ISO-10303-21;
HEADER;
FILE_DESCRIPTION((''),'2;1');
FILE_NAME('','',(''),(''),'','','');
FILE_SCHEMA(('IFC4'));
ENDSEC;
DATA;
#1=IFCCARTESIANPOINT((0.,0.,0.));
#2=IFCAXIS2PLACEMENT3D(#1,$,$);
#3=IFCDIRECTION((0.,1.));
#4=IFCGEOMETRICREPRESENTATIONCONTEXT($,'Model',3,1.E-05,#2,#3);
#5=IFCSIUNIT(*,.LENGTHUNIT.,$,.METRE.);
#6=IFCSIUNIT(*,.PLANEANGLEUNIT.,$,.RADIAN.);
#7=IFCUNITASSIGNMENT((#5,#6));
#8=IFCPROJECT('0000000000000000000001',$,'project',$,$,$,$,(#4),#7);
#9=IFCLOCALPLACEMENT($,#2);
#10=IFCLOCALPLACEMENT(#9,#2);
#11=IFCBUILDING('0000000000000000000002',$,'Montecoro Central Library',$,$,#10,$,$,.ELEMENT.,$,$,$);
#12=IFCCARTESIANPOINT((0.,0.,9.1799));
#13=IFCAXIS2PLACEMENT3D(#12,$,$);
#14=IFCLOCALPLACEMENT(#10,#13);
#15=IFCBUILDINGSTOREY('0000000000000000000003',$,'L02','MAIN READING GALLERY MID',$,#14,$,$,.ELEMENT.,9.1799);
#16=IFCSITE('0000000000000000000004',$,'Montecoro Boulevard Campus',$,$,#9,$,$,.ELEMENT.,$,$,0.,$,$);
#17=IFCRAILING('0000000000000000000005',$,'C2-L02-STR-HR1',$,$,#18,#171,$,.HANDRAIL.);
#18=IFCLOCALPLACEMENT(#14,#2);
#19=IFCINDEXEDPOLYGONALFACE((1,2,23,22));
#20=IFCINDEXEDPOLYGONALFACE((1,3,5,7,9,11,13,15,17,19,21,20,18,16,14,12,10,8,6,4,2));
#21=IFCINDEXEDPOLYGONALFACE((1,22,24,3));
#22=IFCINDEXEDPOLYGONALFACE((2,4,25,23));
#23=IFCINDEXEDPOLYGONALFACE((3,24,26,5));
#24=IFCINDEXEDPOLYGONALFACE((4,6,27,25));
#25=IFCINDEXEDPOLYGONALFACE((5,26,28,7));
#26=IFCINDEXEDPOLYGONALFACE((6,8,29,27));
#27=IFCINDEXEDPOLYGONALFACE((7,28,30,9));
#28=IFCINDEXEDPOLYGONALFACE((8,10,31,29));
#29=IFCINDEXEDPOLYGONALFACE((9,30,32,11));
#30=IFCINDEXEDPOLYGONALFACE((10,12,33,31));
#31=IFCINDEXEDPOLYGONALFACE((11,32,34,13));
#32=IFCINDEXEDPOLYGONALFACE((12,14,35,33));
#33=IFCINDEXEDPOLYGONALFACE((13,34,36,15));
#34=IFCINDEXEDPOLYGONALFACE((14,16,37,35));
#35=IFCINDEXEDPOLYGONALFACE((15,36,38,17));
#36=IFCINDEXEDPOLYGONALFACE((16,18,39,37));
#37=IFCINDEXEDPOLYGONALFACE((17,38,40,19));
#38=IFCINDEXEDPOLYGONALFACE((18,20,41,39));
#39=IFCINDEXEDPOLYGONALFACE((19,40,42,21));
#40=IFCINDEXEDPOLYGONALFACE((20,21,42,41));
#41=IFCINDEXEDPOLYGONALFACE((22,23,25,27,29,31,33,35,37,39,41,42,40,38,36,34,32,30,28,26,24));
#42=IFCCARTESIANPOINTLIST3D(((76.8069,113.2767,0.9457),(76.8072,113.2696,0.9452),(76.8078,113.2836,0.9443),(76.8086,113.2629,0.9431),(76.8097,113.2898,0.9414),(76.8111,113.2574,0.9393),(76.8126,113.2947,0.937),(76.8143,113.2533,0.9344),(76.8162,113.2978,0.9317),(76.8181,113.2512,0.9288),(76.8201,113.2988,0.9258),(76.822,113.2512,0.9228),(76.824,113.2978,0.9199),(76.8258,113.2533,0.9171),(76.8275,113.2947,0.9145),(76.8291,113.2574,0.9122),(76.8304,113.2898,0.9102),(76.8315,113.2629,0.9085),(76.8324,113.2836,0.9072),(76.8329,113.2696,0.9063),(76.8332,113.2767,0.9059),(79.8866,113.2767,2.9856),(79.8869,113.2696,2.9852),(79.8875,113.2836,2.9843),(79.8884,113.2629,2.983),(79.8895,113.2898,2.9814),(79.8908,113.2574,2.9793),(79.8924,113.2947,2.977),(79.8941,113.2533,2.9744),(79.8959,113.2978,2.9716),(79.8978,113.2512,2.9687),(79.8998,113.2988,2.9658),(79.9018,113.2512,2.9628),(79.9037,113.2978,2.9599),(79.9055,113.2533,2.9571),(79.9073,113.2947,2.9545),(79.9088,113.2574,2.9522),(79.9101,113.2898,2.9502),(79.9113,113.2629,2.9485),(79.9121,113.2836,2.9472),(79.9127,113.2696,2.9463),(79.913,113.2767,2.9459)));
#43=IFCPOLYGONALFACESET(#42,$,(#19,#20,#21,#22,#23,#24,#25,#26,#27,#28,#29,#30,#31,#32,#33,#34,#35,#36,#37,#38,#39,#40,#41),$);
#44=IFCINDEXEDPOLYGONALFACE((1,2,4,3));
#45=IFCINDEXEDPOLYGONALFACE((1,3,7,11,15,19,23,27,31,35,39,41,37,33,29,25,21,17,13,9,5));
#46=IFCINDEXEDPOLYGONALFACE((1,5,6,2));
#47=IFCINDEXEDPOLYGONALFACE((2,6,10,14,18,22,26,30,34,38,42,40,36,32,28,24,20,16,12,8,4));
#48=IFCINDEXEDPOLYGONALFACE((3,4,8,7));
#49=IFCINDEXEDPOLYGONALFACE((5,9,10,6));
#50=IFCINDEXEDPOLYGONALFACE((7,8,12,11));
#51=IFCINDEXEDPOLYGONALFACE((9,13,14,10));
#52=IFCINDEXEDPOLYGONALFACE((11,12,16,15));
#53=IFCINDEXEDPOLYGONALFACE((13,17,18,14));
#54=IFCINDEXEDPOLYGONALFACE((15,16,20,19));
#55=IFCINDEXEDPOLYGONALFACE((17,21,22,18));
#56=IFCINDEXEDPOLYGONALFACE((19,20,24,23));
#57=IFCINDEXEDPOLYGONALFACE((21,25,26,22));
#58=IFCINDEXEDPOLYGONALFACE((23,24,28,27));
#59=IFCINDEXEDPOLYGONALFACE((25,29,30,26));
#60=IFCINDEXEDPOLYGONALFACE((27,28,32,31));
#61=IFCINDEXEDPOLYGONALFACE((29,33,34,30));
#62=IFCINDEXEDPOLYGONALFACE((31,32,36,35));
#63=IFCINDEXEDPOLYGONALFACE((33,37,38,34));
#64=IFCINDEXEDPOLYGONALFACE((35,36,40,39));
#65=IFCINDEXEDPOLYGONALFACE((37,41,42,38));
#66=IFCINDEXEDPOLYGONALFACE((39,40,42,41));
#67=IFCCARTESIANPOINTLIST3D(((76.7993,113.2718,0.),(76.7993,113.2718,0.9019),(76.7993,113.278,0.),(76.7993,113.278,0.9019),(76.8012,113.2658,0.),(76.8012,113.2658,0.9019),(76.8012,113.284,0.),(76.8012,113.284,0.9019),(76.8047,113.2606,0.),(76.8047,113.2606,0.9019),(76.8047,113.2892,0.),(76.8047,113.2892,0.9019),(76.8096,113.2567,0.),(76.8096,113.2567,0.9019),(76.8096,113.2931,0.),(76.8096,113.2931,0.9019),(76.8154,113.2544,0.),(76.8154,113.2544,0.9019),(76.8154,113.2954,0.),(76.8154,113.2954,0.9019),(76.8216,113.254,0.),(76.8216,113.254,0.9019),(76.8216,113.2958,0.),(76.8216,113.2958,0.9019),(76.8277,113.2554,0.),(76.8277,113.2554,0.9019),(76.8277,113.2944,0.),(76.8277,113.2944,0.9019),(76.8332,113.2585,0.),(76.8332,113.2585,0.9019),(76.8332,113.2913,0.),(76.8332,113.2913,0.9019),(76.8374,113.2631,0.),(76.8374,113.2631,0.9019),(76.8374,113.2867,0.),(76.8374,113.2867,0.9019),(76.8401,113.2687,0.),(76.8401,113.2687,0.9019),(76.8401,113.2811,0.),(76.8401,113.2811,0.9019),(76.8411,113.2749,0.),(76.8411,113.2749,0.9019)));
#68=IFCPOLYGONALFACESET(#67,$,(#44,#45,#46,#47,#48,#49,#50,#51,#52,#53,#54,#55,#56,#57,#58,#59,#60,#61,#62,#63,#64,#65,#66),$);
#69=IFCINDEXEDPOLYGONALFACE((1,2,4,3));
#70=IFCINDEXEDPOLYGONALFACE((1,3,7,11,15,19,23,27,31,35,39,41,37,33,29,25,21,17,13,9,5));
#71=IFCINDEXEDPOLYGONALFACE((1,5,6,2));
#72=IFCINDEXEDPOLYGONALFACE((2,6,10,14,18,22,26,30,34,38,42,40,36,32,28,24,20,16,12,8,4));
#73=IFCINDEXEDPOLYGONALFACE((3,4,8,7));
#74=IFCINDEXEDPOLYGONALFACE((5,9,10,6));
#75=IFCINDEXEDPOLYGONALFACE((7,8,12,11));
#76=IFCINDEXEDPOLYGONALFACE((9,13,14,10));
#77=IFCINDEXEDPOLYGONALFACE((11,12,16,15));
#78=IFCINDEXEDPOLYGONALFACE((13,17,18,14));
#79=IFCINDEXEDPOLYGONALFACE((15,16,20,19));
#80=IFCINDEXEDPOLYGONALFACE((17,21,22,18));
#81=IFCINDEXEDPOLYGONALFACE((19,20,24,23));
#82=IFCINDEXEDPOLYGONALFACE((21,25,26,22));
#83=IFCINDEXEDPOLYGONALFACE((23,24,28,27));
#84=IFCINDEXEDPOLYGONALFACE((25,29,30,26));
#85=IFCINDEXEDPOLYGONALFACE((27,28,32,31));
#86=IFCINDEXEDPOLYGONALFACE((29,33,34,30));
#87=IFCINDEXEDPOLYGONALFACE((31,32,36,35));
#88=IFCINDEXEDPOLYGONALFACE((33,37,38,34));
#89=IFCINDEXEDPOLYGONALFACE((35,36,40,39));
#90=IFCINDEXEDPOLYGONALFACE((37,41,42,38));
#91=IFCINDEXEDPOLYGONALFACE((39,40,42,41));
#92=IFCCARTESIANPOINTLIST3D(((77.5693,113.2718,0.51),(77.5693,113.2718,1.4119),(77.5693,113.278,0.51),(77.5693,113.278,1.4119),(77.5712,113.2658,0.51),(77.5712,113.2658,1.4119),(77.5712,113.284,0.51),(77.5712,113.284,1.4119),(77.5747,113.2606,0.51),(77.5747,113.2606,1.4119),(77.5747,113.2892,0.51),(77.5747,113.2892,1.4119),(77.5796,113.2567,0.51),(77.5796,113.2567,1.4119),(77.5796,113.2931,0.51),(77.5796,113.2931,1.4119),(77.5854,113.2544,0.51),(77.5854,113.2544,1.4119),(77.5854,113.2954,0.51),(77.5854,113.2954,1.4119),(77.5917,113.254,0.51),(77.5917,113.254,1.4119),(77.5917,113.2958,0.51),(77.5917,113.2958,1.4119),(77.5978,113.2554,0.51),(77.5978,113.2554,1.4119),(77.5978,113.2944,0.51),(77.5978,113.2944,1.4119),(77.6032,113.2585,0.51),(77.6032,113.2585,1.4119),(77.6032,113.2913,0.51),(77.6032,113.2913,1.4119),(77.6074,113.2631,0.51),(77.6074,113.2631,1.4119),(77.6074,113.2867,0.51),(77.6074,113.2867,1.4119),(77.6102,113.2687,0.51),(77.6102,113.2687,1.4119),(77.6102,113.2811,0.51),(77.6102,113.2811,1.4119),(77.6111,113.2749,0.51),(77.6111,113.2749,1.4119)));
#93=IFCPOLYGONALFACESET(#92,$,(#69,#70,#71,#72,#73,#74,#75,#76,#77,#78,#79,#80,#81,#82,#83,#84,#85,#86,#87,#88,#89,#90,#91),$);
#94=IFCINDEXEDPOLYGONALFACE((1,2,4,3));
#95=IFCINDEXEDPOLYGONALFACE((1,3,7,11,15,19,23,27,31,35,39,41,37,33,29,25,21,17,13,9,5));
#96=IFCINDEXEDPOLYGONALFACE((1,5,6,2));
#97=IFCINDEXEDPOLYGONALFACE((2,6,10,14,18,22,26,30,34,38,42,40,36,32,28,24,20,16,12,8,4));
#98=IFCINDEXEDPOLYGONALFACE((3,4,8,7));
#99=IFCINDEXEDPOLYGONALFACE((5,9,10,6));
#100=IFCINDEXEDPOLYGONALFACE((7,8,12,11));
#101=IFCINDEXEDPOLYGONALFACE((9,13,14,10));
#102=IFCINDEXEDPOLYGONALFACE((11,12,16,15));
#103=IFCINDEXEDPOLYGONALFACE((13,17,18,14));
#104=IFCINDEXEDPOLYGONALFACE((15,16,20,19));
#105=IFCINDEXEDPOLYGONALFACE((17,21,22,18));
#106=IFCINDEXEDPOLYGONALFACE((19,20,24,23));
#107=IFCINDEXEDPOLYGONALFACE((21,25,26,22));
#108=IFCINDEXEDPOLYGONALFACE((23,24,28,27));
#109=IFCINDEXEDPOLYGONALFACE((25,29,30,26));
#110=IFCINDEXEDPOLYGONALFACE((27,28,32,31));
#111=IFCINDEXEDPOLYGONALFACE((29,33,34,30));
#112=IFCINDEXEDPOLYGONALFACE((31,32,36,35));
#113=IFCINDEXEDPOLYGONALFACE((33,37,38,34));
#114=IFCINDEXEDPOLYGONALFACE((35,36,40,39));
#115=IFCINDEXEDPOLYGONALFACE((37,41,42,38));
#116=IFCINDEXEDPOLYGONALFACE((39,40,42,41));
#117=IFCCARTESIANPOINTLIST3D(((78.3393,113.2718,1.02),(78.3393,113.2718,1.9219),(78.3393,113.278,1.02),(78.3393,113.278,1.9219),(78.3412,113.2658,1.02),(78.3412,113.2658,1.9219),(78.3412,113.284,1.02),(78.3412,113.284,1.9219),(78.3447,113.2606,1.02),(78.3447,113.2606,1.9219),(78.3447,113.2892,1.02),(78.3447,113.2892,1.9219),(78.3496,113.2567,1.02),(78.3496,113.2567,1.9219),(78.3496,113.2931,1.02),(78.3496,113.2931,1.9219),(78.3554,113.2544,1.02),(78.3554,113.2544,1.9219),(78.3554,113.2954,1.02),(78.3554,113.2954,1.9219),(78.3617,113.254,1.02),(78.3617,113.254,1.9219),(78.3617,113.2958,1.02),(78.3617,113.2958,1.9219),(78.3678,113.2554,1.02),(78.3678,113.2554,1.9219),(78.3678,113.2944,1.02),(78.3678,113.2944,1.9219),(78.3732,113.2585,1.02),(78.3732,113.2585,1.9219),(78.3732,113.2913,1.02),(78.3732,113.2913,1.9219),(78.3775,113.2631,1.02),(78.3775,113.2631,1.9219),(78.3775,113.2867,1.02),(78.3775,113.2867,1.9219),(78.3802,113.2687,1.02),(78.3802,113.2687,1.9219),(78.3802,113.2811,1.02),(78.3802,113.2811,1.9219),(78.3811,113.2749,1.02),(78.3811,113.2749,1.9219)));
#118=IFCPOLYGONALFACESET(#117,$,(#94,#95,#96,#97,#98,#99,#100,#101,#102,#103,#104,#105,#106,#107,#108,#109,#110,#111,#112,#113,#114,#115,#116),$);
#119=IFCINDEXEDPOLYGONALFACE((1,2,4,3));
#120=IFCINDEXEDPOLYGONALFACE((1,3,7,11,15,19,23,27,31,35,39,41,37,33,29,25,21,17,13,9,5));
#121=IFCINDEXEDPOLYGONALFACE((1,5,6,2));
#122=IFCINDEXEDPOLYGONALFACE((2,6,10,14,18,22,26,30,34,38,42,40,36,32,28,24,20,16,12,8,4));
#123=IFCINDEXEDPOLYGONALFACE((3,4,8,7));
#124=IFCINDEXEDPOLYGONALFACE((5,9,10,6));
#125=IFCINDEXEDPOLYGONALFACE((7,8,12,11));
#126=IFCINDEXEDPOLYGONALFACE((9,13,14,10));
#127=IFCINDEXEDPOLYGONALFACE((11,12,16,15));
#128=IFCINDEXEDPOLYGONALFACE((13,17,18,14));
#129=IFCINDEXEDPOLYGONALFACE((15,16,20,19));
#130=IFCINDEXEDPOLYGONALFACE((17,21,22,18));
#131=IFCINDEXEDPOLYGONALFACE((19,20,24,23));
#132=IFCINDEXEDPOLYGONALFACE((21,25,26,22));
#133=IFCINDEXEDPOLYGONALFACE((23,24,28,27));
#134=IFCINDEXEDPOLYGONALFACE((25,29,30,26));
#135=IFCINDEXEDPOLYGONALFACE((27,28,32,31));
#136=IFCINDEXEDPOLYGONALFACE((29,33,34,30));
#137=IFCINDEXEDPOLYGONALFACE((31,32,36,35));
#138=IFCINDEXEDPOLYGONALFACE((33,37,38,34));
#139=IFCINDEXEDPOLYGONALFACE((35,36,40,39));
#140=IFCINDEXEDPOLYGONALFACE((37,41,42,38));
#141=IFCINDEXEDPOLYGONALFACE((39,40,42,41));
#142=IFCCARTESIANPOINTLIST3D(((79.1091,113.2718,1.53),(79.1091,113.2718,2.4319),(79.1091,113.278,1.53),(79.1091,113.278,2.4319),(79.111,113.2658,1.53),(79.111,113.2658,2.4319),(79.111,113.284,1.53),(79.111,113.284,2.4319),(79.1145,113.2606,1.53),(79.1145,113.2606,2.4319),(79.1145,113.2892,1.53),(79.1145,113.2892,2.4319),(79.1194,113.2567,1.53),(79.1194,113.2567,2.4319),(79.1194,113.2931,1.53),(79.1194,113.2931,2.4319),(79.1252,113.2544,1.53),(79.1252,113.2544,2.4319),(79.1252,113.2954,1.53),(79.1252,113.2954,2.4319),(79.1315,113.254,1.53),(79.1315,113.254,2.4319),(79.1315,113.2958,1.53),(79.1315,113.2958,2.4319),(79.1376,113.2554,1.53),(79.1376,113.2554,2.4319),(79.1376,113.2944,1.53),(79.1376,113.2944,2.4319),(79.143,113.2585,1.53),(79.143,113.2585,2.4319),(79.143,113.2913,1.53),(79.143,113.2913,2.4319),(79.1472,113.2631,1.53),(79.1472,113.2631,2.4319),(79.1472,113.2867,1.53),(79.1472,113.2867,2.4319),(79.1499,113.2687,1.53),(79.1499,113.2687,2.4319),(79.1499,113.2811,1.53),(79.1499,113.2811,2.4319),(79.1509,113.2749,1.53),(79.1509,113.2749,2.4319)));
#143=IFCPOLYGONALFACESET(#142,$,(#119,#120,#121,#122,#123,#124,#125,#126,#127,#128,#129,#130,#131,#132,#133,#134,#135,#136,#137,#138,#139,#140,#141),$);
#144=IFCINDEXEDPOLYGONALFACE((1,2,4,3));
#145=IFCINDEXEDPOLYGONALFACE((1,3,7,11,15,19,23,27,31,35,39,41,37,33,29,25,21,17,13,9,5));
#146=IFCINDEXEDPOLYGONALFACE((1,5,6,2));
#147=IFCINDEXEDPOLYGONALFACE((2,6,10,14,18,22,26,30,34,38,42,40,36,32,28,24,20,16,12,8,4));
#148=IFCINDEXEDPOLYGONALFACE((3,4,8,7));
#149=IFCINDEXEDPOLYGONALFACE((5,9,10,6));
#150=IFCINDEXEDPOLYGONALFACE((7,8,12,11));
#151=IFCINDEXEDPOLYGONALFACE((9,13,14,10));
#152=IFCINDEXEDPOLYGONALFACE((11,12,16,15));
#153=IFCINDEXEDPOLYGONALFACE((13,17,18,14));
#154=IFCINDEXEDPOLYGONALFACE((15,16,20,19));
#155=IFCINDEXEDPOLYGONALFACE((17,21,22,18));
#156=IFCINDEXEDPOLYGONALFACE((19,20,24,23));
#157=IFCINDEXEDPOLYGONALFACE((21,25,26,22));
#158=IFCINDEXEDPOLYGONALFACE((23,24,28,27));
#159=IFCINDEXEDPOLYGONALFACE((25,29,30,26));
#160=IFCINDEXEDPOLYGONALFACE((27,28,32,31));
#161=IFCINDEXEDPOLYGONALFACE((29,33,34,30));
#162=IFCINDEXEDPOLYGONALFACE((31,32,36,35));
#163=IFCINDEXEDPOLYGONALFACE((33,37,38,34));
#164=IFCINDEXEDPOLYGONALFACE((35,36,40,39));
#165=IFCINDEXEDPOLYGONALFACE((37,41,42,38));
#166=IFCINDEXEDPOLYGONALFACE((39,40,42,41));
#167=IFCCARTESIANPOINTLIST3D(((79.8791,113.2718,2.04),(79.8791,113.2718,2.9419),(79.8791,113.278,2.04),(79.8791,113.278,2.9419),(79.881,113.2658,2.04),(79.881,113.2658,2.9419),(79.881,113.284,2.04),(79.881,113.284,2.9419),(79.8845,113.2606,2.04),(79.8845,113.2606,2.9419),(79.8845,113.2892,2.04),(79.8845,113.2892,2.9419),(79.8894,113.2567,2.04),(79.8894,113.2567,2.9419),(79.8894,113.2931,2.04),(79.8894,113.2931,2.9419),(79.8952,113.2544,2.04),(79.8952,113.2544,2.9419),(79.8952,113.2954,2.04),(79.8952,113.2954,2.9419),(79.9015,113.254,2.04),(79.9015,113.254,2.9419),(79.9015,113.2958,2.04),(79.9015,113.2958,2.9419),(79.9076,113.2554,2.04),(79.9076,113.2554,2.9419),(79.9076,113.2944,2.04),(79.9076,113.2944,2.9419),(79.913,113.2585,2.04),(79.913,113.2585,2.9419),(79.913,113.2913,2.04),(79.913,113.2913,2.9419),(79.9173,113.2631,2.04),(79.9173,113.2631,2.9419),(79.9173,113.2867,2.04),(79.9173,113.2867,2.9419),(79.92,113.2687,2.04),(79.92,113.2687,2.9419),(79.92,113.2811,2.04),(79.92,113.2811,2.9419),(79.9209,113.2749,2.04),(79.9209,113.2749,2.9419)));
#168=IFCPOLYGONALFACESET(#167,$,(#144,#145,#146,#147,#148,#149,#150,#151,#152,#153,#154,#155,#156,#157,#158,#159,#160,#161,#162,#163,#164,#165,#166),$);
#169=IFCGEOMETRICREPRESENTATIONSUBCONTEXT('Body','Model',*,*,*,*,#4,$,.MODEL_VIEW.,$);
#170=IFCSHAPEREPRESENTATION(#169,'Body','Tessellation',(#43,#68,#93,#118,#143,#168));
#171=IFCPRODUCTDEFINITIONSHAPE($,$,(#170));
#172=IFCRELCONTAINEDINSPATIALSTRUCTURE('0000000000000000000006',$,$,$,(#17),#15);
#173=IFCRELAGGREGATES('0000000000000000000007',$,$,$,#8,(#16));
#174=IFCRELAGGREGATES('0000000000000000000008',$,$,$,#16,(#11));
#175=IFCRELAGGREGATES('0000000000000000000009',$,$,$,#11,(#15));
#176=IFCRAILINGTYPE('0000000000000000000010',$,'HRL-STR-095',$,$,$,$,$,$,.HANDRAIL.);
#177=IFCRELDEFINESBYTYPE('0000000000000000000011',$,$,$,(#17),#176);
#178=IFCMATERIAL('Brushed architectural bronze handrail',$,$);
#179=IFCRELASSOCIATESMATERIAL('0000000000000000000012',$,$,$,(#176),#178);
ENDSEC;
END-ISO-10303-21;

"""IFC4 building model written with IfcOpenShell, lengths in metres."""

from ifc_helpers import new_model, si_unit, direction, frame, origin, origin_2d, place, context, subcontext, project, spatial, circle, extrude, material, type_object, element, save


model = new_model("IFC4")

# Units and contexts
model_context = context("Model", 3, precision=1e-05, world=origin(), true_north=direction((0.0, 1.0)))
body_context = subcontext(model_context, "Body", "Model", "MODEL_VIEW")
ifc_project = project(units=[si_unit("LENGTHUNIT", "METRE"), si_unit("PLANEANGLEUNIT", "RADIAN")], contexts=[model_context])

# Site, building, storey
site_placement = place(None, origin())
site = spatial("IfcSite", under=ifc_project, at=site_placement, Name="Montecoro Boulevard Campus", CompositionType="ELEMENT", RefElevation=0.0)
building_placement = place(site_placement, origin())
building = spatial("IfcBuilding", under=site, at=building_placement, Name="Montecoro Central Library", CompositionType="ELEMENT")
storey_placement = place(building_placement, frame((0.0, 0.0, 9.1799)))
storey = spatial("IfcBuildingStorey", under=building, at=storey_placement, Name="L02", Description="MAIN READING GALLERY MID", CompositionType="ELEMENT", Elevation=9.1799)

# Railing
ifc_material_1 = material(Name="Brushed architectural bronze handrail")
railing_type_1 = type_object("IfcRailingType", Name="HRL-STR-095", PredefinedType="HANDRAIL", material=ifc_material_1)
railing_1_placement = place(storey_placement, frame((76.8201, 113.2749, 0.0)))
element("IfcRailing", 1, at=railing_1_placement, inside=storey, type_object=railing_type_1, Name="C2-L02-STR-HR1", PredefinedType="HANDRAIL", context=body_context, shape_type="SweptSolid", body=[
    extrude(circle(Radius=0.0239, at=origin_2d()), frame((0.0, 0.0, 0.9258), z_axis=(0.833694, 0.0, 0.552227), x_axis=(0.0, 1.0, 0.0)), (0.0, 0.0, 1.0), 3.6941),
    extrude(circle(Radius=0.021, at=origin_2d()), origin(), (0.0, 0.0, 1.0), 0.9019),
    extrude(circle(Radius=0.021, at=origin_2d()), frame((0.77, 0.0, 0.51)), (0.0, 0.0, 1.0), 0.9019),
    extrude(circle(Radius=0.021, at=origin_2d()), frame((1.54, 0.0, 1.02)), (0.0, 0.0, 1.0), 0.9019),
    extrude(circle(Radius=0.021, at=origin_2d()), frame((2.3098, 0.0, 1.53)), (0.0, 0.0, 1.0), 0.9019),
    extrude(circle(Radius=0.021, at=origin_2d()), frame((3.0798, 0.0, 2.04)), (0.0, 0.0, 1.0), 0.9019),
])

save(model, "model.ifc")
